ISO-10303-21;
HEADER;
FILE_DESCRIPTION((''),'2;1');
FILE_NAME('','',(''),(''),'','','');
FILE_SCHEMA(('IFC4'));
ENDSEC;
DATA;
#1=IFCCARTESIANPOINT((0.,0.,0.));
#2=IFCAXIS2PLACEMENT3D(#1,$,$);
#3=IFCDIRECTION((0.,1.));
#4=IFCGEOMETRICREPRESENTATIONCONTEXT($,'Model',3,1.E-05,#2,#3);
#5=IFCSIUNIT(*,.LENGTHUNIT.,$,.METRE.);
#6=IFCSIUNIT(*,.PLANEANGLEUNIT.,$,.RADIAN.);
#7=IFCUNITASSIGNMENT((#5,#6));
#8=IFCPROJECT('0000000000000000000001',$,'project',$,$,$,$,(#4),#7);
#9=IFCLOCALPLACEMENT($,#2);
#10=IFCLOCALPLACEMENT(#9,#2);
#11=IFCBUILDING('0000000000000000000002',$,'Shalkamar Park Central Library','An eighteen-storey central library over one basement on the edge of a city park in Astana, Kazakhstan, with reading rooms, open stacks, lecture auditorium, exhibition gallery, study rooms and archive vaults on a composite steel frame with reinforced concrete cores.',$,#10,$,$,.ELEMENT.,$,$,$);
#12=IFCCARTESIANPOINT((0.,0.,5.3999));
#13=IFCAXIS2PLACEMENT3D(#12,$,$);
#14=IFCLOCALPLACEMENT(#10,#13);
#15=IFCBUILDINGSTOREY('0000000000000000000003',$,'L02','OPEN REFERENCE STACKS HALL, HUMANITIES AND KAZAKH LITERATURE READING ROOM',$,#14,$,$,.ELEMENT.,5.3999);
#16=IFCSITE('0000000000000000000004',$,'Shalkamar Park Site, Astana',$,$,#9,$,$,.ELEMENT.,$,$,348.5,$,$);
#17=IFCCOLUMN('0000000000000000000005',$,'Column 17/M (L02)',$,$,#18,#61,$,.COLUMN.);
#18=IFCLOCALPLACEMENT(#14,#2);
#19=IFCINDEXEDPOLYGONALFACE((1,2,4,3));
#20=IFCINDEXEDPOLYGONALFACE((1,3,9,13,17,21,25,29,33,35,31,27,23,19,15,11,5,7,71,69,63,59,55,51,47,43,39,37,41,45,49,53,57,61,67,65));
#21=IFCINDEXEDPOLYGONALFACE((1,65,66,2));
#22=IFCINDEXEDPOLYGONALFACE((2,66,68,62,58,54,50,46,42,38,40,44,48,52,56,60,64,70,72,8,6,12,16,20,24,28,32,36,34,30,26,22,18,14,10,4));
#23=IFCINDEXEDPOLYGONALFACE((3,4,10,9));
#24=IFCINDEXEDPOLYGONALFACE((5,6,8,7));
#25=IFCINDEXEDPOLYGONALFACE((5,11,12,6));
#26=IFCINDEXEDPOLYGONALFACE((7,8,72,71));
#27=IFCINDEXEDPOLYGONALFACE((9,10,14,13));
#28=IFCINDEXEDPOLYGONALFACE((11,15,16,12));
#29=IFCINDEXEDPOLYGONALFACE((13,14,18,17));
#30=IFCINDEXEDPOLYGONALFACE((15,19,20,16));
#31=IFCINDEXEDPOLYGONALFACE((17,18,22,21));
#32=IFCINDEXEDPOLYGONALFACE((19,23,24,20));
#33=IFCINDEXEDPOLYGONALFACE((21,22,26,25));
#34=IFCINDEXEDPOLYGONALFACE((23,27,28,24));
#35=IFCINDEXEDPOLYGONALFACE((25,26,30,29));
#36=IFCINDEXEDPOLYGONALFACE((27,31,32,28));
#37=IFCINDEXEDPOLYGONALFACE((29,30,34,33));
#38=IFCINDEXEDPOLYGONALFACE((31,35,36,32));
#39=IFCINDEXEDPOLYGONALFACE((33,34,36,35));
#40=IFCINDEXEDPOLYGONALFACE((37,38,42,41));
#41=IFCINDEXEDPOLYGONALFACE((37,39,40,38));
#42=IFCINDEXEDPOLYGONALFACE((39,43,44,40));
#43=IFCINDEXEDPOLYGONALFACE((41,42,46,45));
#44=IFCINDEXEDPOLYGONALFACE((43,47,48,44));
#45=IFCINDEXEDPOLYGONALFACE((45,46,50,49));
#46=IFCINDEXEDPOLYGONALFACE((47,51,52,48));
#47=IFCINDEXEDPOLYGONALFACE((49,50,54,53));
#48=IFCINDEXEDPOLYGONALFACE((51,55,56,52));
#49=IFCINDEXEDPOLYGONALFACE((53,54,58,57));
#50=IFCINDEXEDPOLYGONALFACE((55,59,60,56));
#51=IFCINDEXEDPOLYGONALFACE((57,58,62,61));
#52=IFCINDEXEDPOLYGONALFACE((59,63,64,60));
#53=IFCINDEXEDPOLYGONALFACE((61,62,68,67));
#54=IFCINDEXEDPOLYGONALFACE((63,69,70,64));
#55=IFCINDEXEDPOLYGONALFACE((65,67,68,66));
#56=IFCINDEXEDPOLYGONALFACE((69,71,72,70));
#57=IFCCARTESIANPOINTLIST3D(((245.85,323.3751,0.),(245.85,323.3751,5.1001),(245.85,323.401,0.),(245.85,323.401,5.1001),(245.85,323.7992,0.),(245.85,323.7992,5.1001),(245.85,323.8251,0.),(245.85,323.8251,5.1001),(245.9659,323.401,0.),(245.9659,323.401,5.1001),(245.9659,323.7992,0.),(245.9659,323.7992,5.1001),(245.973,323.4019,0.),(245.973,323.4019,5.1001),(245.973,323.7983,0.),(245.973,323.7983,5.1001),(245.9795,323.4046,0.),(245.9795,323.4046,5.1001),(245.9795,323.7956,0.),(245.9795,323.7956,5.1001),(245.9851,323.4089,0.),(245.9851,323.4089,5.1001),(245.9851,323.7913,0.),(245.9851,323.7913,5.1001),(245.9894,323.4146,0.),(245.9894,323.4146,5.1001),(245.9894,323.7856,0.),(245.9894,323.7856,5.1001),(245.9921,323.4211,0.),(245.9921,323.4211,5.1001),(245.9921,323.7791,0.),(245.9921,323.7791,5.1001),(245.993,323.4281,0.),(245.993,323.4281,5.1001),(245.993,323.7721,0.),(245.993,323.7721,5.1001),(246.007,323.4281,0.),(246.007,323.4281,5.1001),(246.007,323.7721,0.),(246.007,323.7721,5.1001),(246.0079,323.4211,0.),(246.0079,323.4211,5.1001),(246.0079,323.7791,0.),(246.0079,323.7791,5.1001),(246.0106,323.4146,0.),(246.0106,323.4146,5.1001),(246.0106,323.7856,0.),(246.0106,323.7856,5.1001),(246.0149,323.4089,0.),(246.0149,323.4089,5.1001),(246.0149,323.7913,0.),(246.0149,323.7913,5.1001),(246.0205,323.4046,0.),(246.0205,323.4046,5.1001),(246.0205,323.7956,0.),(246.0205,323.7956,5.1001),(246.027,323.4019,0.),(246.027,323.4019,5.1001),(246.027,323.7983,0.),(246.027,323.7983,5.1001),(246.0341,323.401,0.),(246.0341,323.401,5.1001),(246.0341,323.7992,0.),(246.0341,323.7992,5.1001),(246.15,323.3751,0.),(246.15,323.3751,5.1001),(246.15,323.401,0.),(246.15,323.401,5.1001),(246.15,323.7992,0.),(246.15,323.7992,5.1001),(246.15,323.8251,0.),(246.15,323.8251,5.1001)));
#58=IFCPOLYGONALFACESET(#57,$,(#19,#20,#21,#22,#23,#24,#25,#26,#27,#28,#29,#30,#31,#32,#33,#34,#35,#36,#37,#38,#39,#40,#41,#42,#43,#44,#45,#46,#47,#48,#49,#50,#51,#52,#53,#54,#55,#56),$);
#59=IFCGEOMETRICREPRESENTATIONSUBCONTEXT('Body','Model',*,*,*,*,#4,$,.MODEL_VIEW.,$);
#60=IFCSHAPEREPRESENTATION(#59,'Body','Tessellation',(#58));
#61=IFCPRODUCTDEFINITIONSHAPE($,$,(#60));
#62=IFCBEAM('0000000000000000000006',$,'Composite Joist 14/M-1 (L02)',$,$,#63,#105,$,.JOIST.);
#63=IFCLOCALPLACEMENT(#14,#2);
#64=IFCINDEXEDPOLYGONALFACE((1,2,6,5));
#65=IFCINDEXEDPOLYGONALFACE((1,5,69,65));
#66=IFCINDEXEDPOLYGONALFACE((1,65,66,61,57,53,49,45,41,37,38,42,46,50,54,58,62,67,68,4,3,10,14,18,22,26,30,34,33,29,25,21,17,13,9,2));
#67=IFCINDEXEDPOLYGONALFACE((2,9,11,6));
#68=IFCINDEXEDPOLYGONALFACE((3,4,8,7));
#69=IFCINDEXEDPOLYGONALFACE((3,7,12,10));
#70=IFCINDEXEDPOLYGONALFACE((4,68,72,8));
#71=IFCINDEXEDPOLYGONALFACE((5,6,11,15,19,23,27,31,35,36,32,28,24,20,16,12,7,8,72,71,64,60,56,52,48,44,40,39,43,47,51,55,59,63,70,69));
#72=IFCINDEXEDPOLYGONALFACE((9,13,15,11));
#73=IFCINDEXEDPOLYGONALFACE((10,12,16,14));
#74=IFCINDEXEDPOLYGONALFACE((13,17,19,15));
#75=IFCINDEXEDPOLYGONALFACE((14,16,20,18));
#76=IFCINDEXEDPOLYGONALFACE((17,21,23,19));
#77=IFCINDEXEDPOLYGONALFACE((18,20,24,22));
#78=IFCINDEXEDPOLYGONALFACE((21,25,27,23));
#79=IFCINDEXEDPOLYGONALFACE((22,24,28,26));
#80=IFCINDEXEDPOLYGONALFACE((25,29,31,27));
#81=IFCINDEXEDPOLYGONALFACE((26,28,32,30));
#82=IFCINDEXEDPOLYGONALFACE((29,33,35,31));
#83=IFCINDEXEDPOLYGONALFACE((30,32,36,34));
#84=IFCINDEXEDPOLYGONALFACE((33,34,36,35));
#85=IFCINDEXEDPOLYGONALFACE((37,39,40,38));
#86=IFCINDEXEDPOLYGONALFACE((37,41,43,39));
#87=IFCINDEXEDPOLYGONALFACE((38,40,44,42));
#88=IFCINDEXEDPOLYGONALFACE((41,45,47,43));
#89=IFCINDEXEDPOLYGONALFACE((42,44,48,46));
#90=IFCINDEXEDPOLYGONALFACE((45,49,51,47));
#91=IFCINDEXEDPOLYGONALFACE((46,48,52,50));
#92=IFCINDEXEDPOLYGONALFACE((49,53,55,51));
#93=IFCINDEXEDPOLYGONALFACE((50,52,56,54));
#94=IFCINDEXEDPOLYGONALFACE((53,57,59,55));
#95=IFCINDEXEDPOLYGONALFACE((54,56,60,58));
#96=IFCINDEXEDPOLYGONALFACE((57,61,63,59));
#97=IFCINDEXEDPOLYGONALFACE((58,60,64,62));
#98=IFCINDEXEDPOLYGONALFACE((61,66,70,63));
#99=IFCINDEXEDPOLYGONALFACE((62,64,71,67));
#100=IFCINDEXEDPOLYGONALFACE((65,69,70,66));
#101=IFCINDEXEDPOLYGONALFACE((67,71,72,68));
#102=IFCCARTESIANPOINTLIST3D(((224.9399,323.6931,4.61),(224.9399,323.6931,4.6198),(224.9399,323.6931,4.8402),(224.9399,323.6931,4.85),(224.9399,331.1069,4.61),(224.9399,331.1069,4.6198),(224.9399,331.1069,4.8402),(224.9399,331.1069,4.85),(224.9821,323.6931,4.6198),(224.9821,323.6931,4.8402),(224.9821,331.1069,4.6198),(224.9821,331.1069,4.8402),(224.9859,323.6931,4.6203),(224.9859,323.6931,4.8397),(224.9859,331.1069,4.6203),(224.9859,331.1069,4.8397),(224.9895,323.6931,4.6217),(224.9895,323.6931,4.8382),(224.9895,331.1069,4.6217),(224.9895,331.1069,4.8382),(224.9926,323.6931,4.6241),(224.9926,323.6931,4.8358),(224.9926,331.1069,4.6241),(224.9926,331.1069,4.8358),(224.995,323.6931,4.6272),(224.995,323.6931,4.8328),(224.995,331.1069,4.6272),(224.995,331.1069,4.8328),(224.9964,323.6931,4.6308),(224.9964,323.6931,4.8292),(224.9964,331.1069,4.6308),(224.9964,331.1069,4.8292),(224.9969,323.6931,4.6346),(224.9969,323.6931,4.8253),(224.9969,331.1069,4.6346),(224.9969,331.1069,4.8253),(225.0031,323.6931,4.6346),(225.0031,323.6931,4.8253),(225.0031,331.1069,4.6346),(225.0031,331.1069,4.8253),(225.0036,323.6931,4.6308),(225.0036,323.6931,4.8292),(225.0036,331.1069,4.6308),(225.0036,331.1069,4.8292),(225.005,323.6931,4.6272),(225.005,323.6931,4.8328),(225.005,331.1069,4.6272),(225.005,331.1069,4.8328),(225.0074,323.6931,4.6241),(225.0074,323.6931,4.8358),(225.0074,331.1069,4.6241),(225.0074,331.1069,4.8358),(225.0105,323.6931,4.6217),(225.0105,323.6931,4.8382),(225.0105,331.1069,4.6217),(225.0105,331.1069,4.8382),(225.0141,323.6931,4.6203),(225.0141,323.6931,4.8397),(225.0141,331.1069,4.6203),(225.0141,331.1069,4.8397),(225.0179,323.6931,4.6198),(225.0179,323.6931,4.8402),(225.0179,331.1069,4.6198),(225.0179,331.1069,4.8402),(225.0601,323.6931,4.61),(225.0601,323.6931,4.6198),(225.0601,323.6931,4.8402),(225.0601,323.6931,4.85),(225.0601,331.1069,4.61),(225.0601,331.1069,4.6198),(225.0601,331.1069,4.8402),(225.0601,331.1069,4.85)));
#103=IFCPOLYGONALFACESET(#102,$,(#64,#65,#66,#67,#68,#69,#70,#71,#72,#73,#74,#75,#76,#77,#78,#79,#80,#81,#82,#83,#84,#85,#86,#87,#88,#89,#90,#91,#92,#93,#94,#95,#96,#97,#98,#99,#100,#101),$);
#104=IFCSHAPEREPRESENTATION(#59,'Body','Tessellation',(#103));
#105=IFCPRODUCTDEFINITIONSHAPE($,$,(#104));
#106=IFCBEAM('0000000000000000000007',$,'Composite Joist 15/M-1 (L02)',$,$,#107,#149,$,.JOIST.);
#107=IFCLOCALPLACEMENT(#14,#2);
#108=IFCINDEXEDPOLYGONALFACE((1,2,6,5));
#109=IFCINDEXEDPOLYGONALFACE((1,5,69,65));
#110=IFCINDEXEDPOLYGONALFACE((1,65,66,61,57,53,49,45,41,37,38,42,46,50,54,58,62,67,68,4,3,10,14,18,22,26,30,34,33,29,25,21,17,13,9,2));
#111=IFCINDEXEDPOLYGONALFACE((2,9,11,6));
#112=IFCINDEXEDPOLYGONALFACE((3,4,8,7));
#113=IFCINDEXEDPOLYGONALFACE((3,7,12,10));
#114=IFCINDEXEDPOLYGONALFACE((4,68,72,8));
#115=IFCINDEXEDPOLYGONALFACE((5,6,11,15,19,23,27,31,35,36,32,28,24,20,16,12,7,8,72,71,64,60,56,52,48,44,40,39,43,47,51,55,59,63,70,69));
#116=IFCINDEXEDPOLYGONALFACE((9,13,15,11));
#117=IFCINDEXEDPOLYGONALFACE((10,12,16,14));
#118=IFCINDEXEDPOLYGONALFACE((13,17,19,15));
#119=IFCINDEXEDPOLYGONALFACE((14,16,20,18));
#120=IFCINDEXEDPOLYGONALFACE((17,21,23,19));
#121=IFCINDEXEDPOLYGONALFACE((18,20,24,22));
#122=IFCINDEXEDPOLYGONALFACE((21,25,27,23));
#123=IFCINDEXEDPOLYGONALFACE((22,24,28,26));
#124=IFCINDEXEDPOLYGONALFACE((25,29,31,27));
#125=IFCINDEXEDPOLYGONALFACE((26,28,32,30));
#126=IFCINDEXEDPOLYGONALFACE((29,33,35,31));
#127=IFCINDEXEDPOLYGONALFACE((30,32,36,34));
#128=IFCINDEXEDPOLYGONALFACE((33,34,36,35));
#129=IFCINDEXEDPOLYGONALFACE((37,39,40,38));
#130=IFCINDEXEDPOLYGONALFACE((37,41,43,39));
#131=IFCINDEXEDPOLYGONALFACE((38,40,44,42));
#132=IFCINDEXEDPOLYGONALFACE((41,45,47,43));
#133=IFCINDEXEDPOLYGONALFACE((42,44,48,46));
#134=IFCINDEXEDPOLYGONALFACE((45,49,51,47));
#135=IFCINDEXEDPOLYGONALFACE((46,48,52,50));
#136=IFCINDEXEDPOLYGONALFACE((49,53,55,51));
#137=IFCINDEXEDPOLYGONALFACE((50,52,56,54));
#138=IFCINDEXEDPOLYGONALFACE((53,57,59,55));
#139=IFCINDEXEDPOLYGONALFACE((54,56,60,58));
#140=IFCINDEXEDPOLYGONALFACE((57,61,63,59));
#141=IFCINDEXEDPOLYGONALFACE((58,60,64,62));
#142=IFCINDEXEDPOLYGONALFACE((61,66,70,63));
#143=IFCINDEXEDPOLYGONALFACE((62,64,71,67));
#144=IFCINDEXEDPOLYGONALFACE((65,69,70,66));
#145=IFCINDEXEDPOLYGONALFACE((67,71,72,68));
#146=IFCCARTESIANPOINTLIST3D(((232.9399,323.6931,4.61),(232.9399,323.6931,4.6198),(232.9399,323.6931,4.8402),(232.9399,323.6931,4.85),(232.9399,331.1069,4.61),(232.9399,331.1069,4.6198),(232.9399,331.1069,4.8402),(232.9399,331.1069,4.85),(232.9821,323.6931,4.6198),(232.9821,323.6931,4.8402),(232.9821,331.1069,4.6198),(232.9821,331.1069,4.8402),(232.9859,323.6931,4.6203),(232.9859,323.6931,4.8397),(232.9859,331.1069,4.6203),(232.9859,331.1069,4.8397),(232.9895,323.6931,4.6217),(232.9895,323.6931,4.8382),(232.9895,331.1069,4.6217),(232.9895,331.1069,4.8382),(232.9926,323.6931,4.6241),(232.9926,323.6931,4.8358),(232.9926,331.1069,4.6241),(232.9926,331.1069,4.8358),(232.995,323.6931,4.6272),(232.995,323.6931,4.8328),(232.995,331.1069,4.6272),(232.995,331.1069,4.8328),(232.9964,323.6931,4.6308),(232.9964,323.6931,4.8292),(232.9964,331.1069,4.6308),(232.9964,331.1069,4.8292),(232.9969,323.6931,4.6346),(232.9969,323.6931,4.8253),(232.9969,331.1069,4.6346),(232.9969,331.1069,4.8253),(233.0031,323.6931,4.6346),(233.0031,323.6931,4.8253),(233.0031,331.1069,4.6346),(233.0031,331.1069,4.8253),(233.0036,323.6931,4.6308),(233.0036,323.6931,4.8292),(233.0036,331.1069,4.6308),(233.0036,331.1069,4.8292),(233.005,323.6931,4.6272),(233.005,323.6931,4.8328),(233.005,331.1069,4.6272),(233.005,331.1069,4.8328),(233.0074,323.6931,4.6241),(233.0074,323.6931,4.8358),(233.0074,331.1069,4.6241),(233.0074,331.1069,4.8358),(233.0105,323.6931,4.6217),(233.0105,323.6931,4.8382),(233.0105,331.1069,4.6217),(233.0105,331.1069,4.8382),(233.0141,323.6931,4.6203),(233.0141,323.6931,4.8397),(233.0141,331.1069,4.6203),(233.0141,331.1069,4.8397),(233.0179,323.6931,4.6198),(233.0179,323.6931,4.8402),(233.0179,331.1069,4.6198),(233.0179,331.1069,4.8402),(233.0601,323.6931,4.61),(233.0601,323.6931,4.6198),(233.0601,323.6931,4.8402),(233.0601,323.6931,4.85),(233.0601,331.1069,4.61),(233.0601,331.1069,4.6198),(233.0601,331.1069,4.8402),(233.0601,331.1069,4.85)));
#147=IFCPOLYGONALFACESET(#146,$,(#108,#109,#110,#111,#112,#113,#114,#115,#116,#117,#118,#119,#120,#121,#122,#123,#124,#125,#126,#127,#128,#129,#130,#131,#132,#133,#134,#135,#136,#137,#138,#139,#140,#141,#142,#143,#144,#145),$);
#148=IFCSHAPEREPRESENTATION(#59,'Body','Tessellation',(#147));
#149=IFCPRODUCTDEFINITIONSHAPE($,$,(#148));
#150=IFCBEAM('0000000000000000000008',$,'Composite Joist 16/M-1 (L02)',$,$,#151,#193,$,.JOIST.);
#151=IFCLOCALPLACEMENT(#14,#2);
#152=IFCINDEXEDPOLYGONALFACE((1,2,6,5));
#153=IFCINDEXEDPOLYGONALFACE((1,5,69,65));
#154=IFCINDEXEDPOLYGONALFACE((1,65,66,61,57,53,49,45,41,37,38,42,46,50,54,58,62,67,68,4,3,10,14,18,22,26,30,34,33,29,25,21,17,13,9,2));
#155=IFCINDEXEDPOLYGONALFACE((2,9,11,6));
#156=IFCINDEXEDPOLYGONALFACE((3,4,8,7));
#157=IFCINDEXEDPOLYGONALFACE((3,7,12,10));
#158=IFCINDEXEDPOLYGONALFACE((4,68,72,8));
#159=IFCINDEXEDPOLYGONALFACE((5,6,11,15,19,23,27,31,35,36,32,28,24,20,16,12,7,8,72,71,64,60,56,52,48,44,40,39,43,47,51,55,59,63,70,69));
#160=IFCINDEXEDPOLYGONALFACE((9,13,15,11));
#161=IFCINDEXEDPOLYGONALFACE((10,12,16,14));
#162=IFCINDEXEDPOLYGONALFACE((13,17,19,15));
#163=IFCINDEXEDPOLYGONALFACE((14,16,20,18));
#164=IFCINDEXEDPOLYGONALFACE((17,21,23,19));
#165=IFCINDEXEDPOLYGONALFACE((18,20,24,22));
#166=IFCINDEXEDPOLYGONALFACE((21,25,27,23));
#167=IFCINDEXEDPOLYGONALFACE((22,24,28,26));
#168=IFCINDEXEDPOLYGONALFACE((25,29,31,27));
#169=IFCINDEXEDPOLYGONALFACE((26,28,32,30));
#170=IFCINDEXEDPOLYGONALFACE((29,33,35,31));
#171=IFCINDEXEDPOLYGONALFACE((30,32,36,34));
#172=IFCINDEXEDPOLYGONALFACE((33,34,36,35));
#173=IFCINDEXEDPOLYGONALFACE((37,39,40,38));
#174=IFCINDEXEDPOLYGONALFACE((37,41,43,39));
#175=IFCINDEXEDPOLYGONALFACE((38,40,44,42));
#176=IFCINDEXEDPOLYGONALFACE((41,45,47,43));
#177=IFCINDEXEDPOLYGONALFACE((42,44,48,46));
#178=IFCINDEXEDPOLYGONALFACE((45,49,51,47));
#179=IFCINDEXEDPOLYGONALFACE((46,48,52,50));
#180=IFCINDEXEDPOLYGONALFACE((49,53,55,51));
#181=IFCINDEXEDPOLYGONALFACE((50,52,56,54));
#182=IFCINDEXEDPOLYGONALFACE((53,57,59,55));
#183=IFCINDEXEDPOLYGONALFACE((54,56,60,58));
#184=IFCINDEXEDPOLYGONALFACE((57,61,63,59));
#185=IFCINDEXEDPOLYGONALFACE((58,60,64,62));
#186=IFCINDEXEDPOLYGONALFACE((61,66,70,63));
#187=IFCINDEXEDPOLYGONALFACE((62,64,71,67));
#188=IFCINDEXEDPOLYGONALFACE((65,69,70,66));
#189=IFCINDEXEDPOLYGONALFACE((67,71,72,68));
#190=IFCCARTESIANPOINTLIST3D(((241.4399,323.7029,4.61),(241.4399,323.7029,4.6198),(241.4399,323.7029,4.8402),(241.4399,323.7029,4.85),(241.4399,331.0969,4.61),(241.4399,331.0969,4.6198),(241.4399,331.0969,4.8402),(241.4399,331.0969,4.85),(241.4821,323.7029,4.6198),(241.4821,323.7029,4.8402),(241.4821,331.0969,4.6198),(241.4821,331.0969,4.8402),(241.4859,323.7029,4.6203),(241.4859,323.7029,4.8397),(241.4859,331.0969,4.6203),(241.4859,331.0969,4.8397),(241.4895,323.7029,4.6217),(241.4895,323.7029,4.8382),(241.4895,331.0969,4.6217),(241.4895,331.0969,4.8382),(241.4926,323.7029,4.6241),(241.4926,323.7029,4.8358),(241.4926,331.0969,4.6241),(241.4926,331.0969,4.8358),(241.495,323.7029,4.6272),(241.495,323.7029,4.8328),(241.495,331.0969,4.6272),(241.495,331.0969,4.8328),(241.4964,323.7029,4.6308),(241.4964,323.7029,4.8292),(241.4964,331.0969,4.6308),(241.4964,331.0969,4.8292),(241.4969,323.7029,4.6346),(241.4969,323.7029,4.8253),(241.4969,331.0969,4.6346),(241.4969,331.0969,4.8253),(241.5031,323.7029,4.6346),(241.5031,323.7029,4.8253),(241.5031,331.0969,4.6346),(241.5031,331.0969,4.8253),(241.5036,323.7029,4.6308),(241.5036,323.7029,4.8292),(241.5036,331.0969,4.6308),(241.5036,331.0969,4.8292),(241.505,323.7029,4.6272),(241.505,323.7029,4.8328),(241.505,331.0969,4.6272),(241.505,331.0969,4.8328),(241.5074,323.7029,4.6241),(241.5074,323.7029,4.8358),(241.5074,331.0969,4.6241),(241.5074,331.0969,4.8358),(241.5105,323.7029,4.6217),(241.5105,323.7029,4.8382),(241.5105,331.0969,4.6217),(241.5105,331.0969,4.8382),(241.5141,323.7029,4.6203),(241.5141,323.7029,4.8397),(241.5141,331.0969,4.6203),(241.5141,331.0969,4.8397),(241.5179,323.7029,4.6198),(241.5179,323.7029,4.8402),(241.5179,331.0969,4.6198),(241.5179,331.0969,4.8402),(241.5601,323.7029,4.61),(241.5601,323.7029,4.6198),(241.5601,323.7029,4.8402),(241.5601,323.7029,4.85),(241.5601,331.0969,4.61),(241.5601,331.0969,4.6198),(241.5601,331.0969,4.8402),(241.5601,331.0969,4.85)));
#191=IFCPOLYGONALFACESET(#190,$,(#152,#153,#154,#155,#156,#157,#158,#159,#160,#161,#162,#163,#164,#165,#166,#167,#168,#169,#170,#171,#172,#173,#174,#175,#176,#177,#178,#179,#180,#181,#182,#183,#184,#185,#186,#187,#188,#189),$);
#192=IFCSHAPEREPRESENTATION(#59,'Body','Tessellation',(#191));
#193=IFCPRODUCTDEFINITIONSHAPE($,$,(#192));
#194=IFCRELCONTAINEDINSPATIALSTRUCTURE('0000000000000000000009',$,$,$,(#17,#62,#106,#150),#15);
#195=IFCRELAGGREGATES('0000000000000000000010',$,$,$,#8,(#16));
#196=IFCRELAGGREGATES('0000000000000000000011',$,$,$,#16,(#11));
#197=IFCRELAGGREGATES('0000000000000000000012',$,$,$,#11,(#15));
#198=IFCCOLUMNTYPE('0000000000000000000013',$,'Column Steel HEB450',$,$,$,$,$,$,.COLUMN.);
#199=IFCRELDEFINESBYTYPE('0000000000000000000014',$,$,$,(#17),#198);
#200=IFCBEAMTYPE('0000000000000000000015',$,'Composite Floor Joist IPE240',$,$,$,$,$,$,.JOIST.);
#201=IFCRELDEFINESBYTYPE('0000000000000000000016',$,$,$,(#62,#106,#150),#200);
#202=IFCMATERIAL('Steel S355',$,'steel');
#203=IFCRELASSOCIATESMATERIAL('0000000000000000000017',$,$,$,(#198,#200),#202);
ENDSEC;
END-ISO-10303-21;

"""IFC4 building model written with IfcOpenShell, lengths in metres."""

from ifc_helpers import new_model, si_unit, direction, frame, origin, origin_2d, place, context, subcontext, project, spatial, i_section, extrude, material, material_profile, profile_set, type_object, element, save


model = new_model("IFC4")

# Units and contexts
model_context = context("Model", 3, precision=1e-05, world=origin(), true_north=direction((0.0, 1.0)))
body_context = subcontext(model_context, "Body", "Model", "MODEL_VIEW")
ifc_project = project(units=[si_unit("LENGTHUNIT", "METRE"), si_unit("PLANEANGLEUNIT", "RADIAN")], contexts=[model_context])

# Site, building, storey
site_placement = place(None, origin())
site = spatial("IfcSite", under=ifc_project, at=site_placement, Name="Shalkamar Park Site, Astana", CompositionType="ELEMENT", RefElevation=348.5)
building_placement = place(site_placement, origin())
building = spatial("IfcBuilding", under=site, at=building_placement, Name="Shalkamar Park Central Library", Description="An eighteen-storey central library over one basement on the edge of a city park in Astana, Kazakhstan, with reading rooms, open stacks, lecture auditorium, exhibition gallery, study rooms and archive vaults on a composite steel frame with reinforced concrete cores.", CompositionType="ELEMENT")
storey_placement = place(building_placement, frame((0.0, 0.0, 5.3999)))
storey = spatial("IfcBuildingStorey", under=building, at=storey_placement, Name="L02", Description="OPEN REFERENCE STACKS HALL, HUMANITIES AND KAZAKH LITERATURE READING ROOM", CompositionType="ELEMENT", Elevation=5.3999)

# Column
ifc_material = material(Name="Steel S355", Category="steel")
ifc_material_profile_1 = material_profile(ifc_material, i_section(OverallWidth=0.3, OverallDepth=0.45, WebThickness=0.0139, FlangeThickness=0.0259, FilletRadius=0.0271, at=origin_2d()), Name="HEB 450")
ifc_profile_set_1 = profile_set([ifc_material_profile_1], Name="Steel S355")
column_type_1 = type_object("IfcColumnType", Name="Column Steel HEB450", PredefinedType="COLUMN", material=ifc_profile_set_1)
for number, where, z_axis, x_axis, name in (
    (1, (246.0, 323.6001, 0.0), (0.0, 0.0, 1.0), (1.0, 0.0, 0.0), "Column 17/M (L02)"),
):
    element("IfcColumn", number, at=place(storey_placement, frame(where, z_axis=z_axis, x_axis=x_axis)), inside=storey, type_object=column_type_1, Name=name, PredefinedType="COLUMN", context=body_context, shape_type="SweptSolid", body=[
        extrude(i_section(OverallWidth=0.3, OverallDepth=0.45, WebThickness=0.0139, FlangeThickness=0.0259, FilletRadius=0.0271, at=origin_2d()), origin(), (0.0, 0.0, 1.0), 5.1001),
    ])

# Beams
ifc_material_profile_2 = material_profile(ifc_material, i_section(OverallWidth=0.1201, OverallDepth=0.24, WebThickness=0.0061, FlangeThickness=0.0098, FilletRadius=0.0149, at=origin_2d()), Name="IPE 240")
ifc_profile_set_2 = profile_set([ifc_material_profile_2], Name="Steel S355")
beam_type_1 = type_object("IfcBeamType", Name="Composite Floor Joist IPE240", PredefinedType="JOIST", material=ifc_profile_set_2)
for number, where, z_axis, x_axis, name in (
    (2, (225.0, 323.6931, 4.73), (0.0, 1.0, 0.0), (-1.0, 0.0, 0.0), "Composite Joist 14/M-1 (L02)"),
    (3, (233.0, 323.6931, 4.73), (0.0, 1.0, 0.0), (-1.0, 0.0, 0.0), "Composite Joist 15/M-1 (L02)"),
):
    element("IfcBeam", number, at=place(storey_placement, frame(where, z_axis=z_axis, x_axis=x_axis)), inside=storey, type_object=beam_type_1, Name=name, PredefinedType="JOIST", context=body_context, shape_type="SweptSolid", body=[
        extrude(i_section(OverallWidth=0.1201, OverallDepth=0.24, WebThickness=0.0061, FlangeThickness=0.0098, FilletRadius=0.0149, at=origin_2d()), origin(), (0.0, 0.0, 1.0), 7.4138),
    ])
beam_1_placement = place(storey_placement, frame((241.5, 323.7029, 4.73), z_axis=(0.0, 1.0, 0.0), x_axis=(-1.0, 0.0, 0.0)))
element("IfcBeam", 4, at=beam_1_placement, inside=storey, type_object=beam_type_1, Name="Composite Joist 16/M-1 (L02)", PredefinedType="JOIST", context=body_context, shape_type="SweptSolid", body=[
    extrude(i_section(OverallWidth=0.1201, OverallDepth=0.24, WebThickness=0.0061, FlangeThickness=0.0098, FilletRadius=0.0149, at=origin_2d()), origin(), (0.0, 0.0, 1.0), 7.394),
])

save(model, "model.ifc")
